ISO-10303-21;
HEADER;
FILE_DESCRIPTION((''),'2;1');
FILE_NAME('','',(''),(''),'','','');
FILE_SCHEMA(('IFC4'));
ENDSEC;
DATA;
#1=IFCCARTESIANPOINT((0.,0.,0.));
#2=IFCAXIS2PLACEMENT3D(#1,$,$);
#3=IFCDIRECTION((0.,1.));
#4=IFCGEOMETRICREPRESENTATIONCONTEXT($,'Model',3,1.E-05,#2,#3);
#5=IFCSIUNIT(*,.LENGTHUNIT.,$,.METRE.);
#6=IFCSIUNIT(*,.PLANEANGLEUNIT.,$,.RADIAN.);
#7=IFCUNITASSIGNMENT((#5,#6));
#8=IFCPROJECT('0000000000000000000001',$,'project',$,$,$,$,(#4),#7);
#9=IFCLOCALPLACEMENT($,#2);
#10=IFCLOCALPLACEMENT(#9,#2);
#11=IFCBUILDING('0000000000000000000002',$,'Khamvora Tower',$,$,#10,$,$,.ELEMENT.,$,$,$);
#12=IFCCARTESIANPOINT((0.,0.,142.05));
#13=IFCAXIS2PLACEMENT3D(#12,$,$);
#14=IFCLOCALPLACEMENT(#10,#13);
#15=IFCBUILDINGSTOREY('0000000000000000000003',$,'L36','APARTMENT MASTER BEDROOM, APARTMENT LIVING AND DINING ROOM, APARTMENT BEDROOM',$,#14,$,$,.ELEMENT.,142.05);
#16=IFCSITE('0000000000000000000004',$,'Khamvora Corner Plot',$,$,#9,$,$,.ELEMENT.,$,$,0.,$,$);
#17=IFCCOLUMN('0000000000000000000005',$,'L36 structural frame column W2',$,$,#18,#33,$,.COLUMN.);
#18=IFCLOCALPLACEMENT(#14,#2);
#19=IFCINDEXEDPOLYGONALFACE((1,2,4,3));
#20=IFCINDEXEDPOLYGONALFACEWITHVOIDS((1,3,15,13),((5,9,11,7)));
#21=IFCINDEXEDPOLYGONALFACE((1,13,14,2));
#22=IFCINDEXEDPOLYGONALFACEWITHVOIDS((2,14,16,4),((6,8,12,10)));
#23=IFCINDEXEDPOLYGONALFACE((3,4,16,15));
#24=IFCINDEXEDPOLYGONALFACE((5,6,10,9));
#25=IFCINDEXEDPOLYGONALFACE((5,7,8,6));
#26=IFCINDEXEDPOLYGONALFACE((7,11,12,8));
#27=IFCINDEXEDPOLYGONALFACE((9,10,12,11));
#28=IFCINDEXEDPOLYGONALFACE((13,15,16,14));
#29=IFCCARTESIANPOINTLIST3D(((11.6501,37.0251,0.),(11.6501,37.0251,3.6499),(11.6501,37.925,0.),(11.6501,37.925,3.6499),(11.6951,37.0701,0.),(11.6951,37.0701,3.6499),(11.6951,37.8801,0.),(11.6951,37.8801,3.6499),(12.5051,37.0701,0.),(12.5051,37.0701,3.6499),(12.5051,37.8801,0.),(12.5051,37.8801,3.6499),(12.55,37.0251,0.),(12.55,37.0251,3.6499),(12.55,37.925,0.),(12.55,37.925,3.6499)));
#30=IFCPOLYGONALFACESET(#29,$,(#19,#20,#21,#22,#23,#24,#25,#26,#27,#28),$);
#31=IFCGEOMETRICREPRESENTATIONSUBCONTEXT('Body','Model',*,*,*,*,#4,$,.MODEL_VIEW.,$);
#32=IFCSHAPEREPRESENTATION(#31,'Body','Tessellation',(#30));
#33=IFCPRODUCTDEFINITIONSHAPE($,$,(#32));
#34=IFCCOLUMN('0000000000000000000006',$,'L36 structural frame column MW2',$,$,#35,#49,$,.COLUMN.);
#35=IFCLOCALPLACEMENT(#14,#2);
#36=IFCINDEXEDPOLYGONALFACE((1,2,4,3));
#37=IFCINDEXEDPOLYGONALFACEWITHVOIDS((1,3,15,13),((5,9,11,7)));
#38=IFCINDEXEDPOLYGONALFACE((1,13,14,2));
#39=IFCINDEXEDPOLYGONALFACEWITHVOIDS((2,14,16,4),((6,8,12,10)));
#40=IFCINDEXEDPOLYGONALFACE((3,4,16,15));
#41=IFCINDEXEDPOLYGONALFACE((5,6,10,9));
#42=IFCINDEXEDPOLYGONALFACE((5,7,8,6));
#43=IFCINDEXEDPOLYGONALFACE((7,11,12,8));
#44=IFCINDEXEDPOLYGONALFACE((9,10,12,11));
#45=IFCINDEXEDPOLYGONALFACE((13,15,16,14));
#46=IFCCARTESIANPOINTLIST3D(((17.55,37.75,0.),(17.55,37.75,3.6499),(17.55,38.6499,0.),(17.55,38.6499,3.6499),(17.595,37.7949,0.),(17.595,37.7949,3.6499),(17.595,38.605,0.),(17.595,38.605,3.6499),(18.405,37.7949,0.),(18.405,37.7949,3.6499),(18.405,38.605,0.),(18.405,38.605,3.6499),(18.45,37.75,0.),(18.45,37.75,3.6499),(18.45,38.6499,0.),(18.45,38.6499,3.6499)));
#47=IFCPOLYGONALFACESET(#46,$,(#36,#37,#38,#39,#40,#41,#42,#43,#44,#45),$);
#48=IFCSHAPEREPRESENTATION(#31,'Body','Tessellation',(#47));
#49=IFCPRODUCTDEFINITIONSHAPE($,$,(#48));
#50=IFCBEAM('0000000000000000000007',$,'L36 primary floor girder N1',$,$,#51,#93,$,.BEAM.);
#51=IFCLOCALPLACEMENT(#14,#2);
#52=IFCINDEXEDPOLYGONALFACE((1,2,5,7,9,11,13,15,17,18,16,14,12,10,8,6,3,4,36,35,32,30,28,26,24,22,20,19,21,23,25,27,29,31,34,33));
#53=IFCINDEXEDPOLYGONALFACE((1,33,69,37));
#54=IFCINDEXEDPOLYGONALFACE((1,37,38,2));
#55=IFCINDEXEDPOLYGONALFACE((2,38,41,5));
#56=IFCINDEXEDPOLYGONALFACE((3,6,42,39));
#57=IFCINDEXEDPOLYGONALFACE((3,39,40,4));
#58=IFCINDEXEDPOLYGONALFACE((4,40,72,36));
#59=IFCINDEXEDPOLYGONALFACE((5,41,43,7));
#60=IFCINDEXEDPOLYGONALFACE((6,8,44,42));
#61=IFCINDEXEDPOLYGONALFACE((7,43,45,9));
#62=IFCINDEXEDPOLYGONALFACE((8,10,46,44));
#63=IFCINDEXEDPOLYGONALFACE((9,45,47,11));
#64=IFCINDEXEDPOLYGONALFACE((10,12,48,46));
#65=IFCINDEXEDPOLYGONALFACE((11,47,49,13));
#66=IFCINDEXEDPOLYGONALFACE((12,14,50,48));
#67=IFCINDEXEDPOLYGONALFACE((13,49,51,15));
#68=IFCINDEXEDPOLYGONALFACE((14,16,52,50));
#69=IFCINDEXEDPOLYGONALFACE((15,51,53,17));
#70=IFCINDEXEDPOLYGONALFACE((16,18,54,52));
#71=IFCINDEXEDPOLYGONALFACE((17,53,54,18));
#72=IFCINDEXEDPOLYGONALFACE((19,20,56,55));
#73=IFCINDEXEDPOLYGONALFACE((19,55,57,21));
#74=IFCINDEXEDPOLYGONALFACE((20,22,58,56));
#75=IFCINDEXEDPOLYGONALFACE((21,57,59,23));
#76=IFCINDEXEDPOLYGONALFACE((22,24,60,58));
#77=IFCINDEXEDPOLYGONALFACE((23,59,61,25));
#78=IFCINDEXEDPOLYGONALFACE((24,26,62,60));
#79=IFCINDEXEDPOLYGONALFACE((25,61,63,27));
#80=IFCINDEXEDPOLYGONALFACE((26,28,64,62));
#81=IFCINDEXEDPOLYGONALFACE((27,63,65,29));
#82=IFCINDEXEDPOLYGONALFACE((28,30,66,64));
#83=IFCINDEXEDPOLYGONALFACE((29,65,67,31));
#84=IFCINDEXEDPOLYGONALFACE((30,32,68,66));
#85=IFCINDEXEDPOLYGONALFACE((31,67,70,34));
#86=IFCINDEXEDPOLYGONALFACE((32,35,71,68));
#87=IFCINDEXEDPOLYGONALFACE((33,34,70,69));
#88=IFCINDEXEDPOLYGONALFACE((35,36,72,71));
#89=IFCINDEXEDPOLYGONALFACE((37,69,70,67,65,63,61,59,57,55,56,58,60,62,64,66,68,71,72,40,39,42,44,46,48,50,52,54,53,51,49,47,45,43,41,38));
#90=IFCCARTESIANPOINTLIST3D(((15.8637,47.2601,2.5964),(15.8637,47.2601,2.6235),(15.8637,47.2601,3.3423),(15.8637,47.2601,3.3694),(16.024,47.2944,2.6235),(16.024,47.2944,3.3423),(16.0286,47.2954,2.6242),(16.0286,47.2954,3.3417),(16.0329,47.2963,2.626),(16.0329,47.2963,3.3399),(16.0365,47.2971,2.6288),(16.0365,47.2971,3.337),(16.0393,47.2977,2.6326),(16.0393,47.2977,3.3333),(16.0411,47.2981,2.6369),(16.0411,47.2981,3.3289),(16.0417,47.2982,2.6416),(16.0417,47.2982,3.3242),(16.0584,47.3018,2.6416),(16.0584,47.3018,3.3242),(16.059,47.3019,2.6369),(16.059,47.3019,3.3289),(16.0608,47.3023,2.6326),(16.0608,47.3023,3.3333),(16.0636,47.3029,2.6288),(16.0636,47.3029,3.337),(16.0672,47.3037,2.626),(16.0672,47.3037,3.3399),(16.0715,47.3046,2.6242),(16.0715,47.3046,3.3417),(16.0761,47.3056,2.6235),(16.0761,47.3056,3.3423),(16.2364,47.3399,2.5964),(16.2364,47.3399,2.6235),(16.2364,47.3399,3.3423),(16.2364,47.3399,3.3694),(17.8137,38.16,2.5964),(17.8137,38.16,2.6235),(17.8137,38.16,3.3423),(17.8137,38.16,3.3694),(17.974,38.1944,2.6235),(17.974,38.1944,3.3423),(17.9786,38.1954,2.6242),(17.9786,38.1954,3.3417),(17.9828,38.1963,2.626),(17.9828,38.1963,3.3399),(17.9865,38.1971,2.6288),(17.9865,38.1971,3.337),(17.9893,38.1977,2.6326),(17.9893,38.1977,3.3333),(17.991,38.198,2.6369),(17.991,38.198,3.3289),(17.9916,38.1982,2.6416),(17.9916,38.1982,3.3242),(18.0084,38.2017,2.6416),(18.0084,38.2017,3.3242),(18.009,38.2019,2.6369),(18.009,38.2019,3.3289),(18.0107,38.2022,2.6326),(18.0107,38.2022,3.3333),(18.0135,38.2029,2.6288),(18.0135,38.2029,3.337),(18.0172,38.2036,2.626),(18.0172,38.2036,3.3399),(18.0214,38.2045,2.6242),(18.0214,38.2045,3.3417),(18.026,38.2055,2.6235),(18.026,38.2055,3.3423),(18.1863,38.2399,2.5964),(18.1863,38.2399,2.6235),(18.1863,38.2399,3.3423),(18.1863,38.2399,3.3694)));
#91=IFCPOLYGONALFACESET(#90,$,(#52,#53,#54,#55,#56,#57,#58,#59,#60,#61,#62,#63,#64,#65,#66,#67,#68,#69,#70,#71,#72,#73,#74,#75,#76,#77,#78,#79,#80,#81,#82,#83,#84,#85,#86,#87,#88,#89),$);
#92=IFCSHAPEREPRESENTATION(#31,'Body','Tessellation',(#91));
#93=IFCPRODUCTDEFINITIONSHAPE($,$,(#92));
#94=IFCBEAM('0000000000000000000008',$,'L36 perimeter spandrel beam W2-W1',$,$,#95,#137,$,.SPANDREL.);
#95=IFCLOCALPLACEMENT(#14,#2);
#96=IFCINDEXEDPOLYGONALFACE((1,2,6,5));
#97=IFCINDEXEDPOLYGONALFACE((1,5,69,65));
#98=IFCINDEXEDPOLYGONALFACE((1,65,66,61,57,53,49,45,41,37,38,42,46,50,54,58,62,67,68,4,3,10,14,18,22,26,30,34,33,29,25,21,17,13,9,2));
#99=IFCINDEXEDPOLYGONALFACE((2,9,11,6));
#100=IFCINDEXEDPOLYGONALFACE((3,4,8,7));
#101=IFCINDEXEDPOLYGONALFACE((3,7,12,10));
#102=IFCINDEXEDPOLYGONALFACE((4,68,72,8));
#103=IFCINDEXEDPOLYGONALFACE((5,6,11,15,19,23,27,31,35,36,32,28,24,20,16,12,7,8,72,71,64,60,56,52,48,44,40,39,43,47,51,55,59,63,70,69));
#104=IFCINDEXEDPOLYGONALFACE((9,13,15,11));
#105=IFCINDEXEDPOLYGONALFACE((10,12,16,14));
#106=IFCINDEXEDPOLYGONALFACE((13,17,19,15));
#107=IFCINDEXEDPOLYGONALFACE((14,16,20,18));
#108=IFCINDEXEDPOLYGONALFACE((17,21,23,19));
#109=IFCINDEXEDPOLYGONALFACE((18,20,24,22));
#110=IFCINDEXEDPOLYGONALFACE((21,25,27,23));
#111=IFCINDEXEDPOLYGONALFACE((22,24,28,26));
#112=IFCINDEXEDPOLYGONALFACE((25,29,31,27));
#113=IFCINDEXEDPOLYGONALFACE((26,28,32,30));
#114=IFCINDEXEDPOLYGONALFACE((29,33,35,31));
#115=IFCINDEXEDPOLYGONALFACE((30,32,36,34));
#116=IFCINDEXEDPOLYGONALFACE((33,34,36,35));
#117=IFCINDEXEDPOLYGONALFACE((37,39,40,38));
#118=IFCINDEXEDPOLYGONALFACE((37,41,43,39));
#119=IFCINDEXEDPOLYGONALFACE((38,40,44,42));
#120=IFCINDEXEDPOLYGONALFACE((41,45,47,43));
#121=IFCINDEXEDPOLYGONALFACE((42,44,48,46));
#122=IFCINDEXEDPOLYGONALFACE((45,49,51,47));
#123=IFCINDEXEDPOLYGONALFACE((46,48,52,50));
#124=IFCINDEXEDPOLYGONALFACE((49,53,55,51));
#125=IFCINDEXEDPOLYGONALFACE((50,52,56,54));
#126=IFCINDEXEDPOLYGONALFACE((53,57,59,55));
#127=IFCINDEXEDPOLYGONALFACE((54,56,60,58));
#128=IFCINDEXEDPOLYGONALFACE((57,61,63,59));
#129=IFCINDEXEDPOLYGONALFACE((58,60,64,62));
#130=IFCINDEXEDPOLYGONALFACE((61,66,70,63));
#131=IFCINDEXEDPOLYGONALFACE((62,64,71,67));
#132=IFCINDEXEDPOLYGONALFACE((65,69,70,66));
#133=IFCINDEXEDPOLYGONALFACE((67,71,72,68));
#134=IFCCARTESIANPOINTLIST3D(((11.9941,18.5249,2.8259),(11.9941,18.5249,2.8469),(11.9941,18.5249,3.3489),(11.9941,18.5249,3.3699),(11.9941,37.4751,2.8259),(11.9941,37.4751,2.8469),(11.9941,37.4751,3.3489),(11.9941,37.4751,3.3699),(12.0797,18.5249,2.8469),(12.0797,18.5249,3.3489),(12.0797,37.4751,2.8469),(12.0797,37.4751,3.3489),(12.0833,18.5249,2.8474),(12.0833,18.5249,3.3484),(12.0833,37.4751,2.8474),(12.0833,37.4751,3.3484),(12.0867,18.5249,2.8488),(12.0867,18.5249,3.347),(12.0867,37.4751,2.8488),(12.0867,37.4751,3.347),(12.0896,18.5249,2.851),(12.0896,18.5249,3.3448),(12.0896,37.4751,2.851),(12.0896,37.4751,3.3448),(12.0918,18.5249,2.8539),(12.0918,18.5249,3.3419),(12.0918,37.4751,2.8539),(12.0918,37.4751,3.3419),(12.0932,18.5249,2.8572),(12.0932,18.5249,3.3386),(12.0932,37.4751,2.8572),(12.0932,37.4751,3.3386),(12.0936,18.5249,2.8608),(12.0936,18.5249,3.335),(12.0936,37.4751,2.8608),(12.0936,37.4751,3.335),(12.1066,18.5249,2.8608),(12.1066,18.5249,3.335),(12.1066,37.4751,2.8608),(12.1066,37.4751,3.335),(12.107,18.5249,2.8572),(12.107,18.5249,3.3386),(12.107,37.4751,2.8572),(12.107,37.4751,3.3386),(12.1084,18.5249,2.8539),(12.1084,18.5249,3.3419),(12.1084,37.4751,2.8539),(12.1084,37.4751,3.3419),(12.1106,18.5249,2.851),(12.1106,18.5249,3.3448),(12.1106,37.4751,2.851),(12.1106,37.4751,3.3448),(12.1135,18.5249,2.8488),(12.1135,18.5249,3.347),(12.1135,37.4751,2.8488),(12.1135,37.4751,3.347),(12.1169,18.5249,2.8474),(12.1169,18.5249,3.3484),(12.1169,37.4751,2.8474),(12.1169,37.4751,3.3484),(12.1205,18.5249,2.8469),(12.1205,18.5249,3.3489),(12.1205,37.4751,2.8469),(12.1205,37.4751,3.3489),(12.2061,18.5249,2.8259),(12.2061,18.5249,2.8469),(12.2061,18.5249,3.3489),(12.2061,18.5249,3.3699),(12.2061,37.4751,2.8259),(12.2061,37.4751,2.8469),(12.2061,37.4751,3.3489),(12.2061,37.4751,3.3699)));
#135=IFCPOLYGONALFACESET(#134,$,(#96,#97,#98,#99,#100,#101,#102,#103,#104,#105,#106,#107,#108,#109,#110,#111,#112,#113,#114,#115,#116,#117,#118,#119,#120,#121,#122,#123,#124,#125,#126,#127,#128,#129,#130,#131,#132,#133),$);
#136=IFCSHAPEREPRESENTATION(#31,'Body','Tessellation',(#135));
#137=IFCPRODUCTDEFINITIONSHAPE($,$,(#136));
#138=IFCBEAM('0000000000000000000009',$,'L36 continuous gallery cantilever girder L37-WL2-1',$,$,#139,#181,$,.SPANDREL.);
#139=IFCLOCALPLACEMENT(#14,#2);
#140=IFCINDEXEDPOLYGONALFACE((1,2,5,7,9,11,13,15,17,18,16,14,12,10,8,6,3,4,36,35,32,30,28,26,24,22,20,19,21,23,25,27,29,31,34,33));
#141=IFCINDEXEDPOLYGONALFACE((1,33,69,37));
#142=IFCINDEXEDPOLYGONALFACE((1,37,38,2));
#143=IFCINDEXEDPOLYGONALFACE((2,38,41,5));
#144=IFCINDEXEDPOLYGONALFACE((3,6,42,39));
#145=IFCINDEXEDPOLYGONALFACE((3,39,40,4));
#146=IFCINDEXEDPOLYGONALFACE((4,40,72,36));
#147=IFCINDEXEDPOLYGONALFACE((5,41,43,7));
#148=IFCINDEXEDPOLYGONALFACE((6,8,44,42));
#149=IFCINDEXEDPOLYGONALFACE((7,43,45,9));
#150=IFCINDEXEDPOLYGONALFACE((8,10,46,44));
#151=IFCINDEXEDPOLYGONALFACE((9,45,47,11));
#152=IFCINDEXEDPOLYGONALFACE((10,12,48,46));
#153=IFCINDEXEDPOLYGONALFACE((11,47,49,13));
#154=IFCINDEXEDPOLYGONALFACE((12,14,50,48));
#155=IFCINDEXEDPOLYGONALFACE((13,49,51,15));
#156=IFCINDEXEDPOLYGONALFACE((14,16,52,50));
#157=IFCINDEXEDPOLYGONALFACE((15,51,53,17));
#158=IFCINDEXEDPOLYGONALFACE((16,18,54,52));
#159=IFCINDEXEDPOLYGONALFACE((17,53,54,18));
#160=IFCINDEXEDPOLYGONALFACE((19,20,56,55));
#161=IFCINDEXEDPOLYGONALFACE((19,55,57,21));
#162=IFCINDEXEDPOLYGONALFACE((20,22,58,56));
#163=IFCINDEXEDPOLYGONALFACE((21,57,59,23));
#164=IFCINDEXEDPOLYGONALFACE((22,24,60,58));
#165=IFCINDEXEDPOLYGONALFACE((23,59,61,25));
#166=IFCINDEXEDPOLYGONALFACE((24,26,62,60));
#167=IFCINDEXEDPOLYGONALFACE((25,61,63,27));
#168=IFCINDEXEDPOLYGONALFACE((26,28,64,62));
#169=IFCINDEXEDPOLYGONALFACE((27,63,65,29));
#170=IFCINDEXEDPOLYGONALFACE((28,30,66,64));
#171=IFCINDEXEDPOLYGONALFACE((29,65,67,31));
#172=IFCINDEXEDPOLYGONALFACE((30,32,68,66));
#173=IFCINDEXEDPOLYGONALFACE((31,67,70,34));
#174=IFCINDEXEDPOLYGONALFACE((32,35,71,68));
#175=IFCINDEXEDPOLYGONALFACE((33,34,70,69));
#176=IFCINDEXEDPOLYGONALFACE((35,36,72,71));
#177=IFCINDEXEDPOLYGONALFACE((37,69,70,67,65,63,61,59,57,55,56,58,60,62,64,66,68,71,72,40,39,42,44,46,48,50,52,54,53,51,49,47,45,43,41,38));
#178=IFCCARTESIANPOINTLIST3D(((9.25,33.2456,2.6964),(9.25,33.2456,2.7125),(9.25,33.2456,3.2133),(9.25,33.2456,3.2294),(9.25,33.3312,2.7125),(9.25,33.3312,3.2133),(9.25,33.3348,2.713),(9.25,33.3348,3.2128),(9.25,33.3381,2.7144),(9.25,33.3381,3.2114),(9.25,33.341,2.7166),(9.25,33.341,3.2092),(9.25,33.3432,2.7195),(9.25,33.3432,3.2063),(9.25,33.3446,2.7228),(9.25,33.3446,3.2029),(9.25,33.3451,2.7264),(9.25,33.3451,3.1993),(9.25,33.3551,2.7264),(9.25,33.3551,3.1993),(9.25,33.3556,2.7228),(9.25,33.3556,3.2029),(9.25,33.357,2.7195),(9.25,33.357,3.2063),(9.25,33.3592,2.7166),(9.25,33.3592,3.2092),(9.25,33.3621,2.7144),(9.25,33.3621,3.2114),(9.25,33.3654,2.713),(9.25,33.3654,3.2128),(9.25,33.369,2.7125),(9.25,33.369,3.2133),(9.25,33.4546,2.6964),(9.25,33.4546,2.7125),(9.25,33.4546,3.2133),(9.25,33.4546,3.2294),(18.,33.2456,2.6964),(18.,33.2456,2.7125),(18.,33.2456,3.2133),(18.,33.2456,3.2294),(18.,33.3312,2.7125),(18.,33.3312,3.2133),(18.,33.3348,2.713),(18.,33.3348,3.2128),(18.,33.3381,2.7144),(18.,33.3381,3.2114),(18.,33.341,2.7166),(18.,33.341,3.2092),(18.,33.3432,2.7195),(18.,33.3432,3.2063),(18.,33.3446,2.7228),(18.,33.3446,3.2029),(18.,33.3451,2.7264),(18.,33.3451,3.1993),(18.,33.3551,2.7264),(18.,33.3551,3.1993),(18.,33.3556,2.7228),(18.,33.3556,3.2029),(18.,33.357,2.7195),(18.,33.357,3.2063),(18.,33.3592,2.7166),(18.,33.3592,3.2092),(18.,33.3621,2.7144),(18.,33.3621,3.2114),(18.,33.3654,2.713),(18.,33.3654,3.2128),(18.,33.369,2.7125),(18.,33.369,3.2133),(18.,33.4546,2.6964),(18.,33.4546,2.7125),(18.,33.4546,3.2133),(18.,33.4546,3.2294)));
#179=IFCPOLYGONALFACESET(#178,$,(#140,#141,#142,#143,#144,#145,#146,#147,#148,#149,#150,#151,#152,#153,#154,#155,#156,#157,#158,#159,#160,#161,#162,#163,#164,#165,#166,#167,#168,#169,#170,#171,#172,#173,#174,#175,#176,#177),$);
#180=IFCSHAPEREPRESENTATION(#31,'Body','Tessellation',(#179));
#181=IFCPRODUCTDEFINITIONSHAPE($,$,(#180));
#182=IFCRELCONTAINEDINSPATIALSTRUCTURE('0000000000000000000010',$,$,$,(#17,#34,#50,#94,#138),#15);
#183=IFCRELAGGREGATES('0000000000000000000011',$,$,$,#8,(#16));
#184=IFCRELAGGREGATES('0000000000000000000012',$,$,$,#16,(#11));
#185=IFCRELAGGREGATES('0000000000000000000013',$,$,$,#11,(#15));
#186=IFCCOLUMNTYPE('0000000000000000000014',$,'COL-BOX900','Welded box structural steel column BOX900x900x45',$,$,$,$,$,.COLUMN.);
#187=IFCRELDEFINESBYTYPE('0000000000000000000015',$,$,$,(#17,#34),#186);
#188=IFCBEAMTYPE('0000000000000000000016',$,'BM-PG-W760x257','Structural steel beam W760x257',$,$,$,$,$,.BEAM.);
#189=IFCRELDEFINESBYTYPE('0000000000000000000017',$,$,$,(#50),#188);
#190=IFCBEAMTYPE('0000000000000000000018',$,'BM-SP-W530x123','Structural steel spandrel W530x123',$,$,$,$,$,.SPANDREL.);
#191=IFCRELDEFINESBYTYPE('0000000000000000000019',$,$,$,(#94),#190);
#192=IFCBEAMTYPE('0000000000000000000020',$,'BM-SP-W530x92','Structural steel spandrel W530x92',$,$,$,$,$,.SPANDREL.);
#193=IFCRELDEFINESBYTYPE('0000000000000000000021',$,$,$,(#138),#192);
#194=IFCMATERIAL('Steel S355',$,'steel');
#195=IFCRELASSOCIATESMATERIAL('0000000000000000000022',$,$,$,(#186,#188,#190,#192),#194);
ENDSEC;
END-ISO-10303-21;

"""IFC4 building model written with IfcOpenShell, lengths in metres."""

from ifc_helpers import new_model, si_unit, direction, frame, origin, origin_2d, place, context, subcontext, project, spatial, hollow_rectangle, i_section, extrude, material, material_profile, profile_set, type_object, element, save


model = new_model("IFC4")

# Units and contexts
model_context = context("Model", 3, precision=1e-05, world=origin(), true_north=direction((0.0, 1.0)))
body_context = subcontext(model_context, "Body", "Model", "MODEL_VIEW")
ifc_project = project(units=[si_unit("LENGTHUNIT", "METRE"), si_unit("PLANEANGLEUNIT", "RADIAN")], contexts=[model_context])

# Site, building, storey
site_placement = place(None, origin())
site = spatial("IfcSite", under=ifc_project, at=site_placement, Name="Khamvora Corner Plot", CompositionType="ELEMENT", RefElevation=0.0)
building_placement = place(site_placement, origin())
building = spatial("IfcBuilding", under=site, at=building_placement, Name="Khamvora Tower", CompositionType="ELEMENT")
storey_placement = place(building_placement, frame((0.0, 0.0, 142.05)))
storey = spatial("IfcBuildingStorey", under=building, at=storey_placement, Name="L36", Description="APARTMENT MASTER BEDROOM, APARTMENT LIVING AND DINING ROOM, APARTMENT BEDROOM", CompositionType="ELEMENT", Elevation=142.05)

# Columns
ifc_material_1 = material(Name="Steel S355", Category="steel")
ifc_material_profile_1 = material_profile(ifc_material_1, hollow_rectangle(XDim=0.8999, YDim=0.8999, WallThickness=0.0449, at=origin_2d()), Name="BOX900x900x45")
ifc_profile_set_1 = profile_set([ifc_material_profile_1], Name="Steel S355")
column_type = type_object("IfcColumnType", Name="COL-BOX900", Description="Welded box structural steel column BOX900x900x45", PredefinedType="COLUMN", material=ifc_profile_set_1)
for number, where, z_axis, x_axis, name in (
    (1, (12.1001, 37.4751, 0.0), (0.0, 0.0, 1.0), (1.0, 0.0, 0.0), "L36 structural frame column W2"),
    (2, (18.0, 38.2, 0.0), (0.0, 0.0, 1.0), (1.0, 0.0, 0.0), "L36 structural frame column MW2"),
):
    element("IfcColumn", number, at=place(storey_placement, frame(where, z_axis=z_axis, x_axis=x_axis)), inside=storey, type_object=column_type, Name=name, PredefinedType="COLUMN", context=body_context, shape_type="SweptSolid", body=[
        extrude(hollow_rectangle(XDim=0.8999, YDim=0.8999, WallThickness=0.0449, at=origin_2d()), origin(), (0.0, 0.0, 1.0), 3.6499),
    ])

# Beams
ifc_material_profile_2 = material_profile(ifc_material_1, i_section(OverallWidth=0.3811, OverallDepth=0.7729, WebThickness=0.0171, FlangeThickness=0.0271, FilletRadius=0.0181, at=origin_2d()), Name="W760x257")
ifc_profile_set_2 = profile_set([ifc_material_profile_2], Name="Steel S355")
beam_type_1 = type_object("IfcBeamType", Name="BM-PG-W760x257", Description="Structural steel beam W760x257", PredefinedType="BEAM", material=ifc_profile_set_2)
beam_1_placement = place(storey_placement, frame((18.0, 38.2, 2.9829), z_axis=(-0.209522, 0.977804, 0.0), x_axis=(-0.977804, -0.209522, 0.0)))
element("IfcBeam", 3, at=beam_1_placement, inside=storey, type_object=beam_type_1, Name="L36 primary floor girder N1", PredefinedType="BEAM", context=body_context, shape_type="SweptSolid", body=[
    extrude(i_section(OverallWidth=0.3811, OverallDepth=0.7729, WebThickness=0.0171, FlangeThickness=0.0271, FilletRadius=0.0181, at=origin_2d()), origin(), (0.0, 0.0, 1.0), 9.3066),
])
ifc_material_profile_3 = material_profile(ifc_material_1, i_section(OverallWidth=0.2119, OverallDepth=0.5439, WebThickness=0.0129, FlangeThickness=0.021, FilletRadius=0.0139, at=origin_2d()), Name="W530x123")
ifc_profile_set_3 = profile_set([ifc_material_profile_3], Name="Steel S355")
beam_type_2 = type_object("IfcBeamType", Name="BM-SP-W530x123", Description="Structural steel spandrel W530x123", PredefinedType="SPANDREL", material=ifc_profile_set_3)
beam_2_placement = place(storey_placement, frame((12.1001, 37.4751, 3.0979), z_axis=(0.0, -1.0, 0.0), x_axis=(1.0, 0.0, 0.0)))
element("IfcBeam", 4, at=beam_2_placement, inside=storey, type_object=beam_type_2, Name="L36 perimeter spandrel beam W2-W1", PredefinedType="SPANDREL", context=body_context, shape_type="SweptSolid", body=[
    extrude(i_section(OverallWidth=0.2119, OverallDepth=0.5439, WebThickness=0.0129, FlangeThickness=0.021, FilletRadius=0.0139, at=origin_2d()), origin(), (0.0, 0.0, 1.0), 18.9502),
])
ifc_material_profile_4 = material_profile(ifc_material_1, i_section(OverallWidth=0.209, OverallDepth=0.533, WebThickness=0.01, FlangeThickness=0.0161, FilletRadius=0.0139, at=origin_2d()), Name="W530x92")
ifc_profile_set_4 = profile_set([ifc_material_profile_4], Name="Steel S355")
beam_type_3 = type_object("IfcBeamType", Name="BM-SP-W530x92", Description="Structural steel spandrel W530x92", PredefinedType="SPANDREL", material=ifc_profile_set_4)
for number, where, z_axis, x_axis, name in (
    (5, (18.0, 33.3501, 2.9629), (-1.0, 0.0, 0.0), (0.0, -1.0, 0.0), "L36 continuous gallery cantilever girder L37-WL2-1"),
):
    element("IfcBeam", number, at=place(storey_placement, frame(where, z_axis=z_axis, x_axis=x_axis)), inside=storey, type_object=beam_type_3, Name=name, PredefinedType="SPANDREL", context=body_context, shape_type="SweptSolid", body=[
        extrude(i_section(OverallWidth=0.209, OverallDepth=0.533, WebThickness=0.01, FlangeThickness=0.0161, FilletRadius=0.0139, at=origin_2d()), origin(), (0.0, 0.0, 1.0), 8.75),
    ])

save(model, "model.ifc")
